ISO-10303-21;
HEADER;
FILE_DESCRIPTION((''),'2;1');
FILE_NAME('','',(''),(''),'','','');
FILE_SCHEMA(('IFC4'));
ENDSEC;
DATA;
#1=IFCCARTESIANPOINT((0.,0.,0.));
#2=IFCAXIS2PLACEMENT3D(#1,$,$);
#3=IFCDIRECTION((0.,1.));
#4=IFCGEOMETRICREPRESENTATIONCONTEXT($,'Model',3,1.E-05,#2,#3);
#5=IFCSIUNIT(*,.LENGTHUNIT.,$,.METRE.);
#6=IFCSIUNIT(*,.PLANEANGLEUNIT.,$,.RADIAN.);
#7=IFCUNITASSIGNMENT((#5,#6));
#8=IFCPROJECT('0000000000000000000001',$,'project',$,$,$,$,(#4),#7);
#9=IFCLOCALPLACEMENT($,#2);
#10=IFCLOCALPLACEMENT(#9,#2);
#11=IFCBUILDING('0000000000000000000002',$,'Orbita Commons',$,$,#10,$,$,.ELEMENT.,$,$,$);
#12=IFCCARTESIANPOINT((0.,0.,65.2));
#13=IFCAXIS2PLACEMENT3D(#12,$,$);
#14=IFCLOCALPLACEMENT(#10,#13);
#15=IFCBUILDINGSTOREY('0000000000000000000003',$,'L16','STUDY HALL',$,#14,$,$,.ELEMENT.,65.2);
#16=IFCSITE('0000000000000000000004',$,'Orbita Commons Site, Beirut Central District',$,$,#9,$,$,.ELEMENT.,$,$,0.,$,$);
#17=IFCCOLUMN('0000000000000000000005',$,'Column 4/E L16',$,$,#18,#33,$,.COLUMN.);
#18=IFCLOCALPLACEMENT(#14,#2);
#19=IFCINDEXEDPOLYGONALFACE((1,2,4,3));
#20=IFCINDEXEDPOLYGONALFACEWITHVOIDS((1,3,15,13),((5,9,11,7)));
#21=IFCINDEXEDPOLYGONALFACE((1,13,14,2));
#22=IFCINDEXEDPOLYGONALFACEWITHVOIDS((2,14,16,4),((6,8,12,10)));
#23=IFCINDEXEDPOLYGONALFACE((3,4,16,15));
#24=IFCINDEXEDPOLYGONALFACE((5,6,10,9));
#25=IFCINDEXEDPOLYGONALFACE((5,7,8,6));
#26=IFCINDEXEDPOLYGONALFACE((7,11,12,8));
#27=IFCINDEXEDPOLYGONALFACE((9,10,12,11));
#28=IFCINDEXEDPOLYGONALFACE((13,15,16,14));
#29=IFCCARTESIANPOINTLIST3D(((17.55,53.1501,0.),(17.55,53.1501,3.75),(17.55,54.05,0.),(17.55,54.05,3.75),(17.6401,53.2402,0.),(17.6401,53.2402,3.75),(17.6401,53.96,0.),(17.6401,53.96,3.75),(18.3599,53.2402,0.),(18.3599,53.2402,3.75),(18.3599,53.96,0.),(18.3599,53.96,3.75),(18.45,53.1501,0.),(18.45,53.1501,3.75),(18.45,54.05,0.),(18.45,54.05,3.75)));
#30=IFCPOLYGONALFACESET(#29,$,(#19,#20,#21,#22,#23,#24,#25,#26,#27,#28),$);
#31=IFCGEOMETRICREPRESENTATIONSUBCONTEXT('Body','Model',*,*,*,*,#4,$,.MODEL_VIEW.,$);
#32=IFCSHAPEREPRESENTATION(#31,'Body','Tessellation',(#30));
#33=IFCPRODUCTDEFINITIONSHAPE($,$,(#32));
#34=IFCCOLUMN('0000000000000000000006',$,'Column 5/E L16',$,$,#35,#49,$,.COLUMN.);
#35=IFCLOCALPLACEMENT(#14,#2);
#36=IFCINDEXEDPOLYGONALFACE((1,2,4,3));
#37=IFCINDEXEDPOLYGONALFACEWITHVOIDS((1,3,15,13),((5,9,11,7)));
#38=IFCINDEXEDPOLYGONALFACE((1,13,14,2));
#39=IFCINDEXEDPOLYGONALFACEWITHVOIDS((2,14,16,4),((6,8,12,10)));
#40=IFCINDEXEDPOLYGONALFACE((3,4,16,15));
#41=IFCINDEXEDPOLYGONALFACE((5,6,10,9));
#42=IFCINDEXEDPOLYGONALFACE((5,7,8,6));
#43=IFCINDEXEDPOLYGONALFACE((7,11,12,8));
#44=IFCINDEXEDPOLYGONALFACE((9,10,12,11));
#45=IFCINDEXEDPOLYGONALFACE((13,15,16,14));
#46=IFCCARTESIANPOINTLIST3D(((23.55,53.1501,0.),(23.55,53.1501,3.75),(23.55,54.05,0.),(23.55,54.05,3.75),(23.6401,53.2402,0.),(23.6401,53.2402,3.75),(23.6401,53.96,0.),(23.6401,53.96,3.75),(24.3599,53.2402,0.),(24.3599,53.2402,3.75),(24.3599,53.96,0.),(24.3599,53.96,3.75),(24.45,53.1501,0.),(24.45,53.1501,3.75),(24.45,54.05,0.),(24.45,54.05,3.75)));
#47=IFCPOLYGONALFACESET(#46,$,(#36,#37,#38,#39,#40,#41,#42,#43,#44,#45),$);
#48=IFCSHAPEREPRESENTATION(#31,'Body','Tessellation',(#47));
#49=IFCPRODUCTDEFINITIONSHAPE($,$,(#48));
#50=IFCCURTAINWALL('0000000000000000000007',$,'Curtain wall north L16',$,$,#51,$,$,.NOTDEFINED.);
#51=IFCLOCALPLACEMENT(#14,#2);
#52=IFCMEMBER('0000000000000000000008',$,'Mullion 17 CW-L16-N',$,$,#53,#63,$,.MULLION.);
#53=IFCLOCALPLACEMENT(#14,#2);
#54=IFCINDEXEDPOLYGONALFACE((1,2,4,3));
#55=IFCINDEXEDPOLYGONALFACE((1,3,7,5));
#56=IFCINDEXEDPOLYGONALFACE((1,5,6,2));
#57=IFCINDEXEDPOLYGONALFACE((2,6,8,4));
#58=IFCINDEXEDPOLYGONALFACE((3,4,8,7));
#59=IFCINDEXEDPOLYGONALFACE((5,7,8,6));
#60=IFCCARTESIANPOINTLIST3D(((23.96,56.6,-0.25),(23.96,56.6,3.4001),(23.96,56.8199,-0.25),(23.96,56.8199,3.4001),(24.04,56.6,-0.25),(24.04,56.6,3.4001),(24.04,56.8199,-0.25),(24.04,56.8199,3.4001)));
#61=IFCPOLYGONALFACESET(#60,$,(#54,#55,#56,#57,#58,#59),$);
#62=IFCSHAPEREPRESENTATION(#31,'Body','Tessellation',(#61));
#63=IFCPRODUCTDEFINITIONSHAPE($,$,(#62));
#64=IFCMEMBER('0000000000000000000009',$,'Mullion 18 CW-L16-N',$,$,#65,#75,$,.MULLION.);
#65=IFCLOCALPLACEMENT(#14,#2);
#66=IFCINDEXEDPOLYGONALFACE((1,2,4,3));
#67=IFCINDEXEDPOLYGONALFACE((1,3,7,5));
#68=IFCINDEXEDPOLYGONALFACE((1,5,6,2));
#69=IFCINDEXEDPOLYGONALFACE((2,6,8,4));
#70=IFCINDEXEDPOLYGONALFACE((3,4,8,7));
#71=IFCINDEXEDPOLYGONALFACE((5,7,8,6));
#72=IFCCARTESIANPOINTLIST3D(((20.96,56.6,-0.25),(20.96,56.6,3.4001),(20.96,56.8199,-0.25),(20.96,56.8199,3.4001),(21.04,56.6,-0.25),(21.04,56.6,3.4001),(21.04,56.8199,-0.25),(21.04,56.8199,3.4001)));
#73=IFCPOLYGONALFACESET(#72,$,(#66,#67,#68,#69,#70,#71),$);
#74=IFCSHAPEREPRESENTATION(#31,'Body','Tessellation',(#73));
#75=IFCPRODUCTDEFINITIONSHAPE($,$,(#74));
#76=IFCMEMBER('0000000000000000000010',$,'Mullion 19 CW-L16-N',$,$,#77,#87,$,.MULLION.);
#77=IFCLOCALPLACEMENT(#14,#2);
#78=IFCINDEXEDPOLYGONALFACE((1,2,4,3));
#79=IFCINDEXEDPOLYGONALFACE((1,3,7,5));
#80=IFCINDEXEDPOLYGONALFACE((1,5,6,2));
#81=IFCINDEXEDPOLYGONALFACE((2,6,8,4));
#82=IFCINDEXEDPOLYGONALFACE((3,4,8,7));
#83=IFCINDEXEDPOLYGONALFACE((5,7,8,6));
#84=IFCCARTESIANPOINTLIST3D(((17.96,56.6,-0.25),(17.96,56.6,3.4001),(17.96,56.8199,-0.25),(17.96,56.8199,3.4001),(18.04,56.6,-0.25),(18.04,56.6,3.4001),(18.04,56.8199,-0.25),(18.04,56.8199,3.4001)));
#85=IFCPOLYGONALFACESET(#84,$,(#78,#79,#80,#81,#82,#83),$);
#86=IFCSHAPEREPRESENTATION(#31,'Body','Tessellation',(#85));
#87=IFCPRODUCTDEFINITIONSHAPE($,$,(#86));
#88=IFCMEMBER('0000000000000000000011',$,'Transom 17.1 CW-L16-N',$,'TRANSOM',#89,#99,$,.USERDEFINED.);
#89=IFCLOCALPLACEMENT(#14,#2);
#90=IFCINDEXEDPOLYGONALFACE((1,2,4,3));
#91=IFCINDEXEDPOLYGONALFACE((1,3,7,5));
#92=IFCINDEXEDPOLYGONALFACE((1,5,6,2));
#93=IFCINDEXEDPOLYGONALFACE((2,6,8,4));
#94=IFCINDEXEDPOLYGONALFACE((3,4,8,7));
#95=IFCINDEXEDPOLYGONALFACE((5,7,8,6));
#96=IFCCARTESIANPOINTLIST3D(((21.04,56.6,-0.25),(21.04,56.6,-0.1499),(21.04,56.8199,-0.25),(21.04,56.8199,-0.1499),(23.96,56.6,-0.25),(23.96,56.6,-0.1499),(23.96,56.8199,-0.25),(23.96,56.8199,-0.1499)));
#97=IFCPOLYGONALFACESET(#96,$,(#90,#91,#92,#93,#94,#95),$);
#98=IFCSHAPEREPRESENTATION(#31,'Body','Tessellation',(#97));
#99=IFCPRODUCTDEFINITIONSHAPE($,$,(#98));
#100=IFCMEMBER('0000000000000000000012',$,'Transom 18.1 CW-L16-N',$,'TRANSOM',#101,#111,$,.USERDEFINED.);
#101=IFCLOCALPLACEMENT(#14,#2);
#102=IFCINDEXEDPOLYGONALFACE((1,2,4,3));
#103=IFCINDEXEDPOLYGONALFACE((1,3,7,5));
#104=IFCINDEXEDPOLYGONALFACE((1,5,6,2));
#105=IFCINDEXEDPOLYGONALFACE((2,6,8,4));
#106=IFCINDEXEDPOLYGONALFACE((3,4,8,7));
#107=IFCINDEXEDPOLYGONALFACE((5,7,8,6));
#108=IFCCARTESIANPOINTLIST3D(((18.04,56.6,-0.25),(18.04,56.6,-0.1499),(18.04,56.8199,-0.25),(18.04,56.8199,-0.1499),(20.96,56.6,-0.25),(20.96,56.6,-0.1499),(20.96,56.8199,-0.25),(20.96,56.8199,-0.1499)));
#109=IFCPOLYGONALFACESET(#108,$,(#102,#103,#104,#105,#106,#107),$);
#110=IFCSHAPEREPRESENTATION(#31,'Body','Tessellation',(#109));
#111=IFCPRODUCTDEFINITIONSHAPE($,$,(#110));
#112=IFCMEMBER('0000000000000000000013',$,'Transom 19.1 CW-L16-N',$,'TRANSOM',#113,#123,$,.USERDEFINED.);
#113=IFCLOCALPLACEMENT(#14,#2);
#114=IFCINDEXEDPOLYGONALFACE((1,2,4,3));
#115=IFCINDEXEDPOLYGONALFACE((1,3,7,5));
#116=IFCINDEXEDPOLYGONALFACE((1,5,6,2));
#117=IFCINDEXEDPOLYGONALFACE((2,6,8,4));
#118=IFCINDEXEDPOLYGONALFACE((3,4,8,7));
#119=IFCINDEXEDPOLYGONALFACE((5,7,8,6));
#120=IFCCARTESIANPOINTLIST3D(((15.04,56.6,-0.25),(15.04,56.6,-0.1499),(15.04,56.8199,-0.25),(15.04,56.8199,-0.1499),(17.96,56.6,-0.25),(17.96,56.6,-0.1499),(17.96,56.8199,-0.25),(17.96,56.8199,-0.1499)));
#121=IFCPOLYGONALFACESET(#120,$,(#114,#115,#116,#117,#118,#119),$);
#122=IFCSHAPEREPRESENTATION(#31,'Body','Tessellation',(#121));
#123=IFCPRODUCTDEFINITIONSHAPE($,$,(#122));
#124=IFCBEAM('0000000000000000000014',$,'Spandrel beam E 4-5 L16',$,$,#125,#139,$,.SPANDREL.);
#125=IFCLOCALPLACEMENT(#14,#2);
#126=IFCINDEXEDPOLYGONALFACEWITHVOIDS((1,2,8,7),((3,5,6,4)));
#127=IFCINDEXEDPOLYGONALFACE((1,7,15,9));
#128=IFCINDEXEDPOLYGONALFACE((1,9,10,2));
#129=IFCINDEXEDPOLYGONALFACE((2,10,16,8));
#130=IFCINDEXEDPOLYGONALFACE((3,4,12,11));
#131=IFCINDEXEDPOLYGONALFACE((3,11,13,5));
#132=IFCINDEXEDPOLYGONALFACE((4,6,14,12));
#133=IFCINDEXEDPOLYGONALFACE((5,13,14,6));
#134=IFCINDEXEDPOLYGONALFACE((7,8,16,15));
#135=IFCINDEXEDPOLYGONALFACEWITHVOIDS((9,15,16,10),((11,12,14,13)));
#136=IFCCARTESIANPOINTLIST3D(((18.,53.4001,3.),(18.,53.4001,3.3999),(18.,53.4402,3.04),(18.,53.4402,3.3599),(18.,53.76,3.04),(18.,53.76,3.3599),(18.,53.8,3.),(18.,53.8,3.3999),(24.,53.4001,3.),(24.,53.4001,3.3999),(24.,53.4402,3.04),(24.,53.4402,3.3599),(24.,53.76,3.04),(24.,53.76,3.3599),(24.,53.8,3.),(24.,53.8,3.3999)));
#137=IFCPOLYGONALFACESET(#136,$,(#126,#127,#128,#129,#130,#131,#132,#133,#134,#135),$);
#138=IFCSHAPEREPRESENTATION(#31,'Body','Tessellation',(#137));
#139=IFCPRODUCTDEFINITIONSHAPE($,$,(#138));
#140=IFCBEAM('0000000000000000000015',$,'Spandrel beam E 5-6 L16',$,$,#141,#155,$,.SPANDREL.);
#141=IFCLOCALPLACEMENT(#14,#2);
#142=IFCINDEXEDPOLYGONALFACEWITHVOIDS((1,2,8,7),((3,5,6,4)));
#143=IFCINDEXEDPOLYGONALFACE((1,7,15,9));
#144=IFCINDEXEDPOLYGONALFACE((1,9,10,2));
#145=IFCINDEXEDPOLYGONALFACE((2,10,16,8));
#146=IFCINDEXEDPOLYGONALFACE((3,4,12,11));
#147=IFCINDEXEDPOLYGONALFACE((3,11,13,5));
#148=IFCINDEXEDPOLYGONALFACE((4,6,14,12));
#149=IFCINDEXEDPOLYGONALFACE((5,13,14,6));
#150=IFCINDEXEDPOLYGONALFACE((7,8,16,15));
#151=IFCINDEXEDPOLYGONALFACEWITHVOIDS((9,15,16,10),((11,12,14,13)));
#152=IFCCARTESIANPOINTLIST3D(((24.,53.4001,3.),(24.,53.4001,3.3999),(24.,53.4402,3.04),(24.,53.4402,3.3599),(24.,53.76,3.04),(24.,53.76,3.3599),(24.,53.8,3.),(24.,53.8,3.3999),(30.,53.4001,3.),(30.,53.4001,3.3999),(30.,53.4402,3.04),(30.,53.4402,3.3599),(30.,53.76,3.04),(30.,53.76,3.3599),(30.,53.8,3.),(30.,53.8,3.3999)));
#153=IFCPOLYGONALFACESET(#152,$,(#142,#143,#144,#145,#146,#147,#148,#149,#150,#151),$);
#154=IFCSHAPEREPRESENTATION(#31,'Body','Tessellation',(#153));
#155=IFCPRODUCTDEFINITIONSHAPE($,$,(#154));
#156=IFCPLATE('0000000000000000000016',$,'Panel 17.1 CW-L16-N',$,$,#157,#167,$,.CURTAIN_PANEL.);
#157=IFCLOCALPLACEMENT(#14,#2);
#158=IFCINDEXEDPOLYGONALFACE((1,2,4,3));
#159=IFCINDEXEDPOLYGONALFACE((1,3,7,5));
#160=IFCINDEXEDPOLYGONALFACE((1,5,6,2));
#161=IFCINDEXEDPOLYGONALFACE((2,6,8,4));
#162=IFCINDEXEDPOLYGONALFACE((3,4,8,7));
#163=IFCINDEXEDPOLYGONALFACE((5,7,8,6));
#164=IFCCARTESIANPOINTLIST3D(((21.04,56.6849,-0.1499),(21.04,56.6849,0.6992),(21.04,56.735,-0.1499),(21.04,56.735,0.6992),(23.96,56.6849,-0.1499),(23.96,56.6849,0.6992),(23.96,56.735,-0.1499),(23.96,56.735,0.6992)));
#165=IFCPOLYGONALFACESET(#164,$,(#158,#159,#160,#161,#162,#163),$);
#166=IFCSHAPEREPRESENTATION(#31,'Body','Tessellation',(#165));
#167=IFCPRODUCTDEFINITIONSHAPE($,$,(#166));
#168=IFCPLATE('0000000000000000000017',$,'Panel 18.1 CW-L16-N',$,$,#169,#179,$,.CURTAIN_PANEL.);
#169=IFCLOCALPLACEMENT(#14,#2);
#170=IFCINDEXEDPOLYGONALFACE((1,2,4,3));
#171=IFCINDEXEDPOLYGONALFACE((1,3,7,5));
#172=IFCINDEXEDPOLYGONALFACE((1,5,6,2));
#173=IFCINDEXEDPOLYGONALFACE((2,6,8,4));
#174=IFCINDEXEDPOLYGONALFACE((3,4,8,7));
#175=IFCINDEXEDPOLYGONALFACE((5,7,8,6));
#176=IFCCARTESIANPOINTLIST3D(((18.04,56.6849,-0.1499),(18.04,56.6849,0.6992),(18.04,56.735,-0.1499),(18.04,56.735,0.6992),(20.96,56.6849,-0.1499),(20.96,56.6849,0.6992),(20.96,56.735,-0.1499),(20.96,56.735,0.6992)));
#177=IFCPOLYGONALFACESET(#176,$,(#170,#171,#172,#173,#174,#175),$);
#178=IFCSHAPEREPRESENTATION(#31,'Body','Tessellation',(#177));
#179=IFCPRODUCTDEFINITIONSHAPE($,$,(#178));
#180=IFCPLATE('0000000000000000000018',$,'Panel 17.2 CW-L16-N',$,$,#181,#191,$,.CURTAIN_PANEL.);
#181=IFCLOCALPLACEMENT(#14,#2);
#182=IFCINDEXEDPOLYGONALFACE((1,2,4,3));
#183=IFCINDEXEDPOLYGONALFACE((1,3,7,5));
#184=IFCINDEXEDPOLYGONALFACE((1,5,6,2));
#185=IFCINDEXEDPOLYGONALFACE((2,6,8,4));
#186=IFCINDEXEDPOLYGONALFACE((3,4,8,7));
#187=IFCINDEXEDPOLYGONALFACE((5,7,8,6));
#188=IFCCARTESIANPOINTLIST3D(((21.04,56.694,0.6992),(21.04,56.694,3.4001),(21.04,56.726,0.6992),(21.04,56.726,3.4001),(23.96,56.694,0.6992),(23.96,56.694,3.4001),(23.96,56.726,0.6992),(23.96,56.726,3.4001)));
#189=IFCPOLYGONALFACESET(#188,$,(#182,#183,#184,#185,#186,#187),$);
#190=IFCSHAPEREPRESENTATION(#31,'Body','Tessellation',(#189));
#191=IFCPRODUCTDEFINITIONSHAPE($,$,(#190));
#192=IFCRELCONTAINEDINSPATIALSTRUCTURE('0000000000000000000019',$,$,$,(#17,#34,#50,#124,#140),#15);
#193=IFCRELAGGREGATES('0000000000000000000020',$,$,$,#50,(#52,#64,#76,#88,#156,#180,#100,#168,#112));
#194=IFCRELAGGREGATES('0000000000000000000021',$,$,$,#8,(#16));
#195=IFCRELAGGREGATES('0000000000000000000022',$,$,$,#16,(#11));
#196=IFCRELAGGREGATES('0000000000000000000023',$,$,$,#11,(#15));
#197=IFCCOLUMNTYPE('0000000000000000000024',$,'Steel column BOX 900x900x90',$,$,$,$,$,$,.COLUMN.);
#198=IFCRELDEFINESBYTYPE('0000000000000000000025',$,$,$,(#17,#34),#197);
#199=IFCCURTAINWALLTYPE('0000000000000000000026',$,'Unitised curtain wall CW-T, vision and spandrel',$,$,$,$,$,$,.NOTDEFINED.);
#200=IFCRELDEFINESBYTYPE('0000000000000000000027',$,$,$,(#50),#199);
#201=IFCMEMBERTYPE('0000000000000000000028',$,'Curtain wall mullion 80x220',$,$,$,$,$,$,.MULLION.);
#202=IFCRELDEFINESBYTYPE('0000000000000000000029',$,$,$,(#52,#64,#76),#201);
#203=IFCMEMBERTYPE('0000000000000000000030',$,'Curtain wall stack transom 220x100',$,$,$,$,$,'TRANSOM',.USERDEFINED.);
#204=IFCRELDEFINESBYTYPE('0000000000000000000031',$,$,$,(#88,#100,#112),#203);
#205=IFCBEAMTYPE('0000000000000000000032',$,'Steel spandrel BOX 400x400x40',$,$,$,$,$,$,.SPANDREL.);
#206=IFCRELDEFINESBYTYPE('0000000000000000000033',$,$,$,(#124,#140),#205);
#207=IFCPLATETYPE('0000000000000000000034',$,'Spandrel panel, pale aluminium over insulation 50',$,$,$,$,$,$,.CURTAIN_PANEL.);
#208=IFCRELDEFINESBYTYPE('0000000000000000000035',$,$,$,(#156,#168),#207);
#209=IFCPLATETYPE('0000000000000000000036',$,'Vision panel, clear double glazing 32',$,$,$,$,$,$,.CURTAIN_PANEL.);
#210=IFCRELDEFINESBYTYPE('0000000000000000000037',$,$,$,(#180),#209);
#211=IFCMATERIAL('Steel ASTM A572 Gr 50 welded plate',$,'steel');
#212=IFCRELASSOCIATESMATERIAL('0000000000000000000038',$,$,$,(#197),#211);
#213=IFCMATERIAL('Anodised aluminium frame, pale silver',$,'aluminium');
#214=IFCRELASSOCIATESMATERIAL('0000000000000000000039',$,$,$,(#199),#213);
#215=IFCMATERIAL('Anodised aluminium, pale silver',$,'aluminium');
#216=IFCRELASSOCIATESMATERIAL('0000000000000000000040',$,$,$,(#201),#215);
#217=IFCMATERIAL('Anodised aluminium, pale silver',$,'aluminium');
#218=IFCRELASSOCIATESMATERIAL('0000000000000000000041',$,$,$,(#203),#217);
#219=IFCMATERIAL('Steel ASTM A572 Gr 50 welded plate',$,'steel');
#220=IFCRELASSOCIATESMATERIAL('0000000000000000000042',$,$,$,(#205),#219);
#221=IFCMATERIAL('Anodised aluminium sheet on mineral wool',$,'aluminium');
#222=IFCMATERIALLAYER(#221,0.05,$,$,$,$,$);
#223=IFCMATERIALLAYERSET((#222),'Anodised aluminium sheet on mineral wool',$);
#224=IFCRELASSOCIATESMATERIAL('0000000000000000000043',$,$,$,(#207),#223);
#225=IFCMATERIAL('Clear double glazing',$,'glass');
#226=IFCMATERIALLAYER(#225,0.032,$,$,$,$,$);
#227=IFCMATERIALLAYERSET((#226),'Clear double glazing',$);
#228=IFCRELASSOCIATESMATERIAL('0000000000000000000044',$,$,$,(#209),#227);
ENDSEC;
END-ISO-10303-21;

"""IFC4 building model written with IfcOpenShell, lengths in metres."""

from ifc_helpers import new_model, si_unit, direction, frame, origin, origin_2d, place, context, subcontext, project, spatial, rectangle, hollow_rectangle, extrude, material, layer, layer_set, material_profile, profile_set, type_object, element, aggregate, save


model = new_model("IFC4")

# Units and contexts
model_context = context("Model", 3, precision=1e-05, world=origin(), true_north=direction((0.0, 1.0)))
body_context = subcontext(model_context, "Body", "Model", "MODEL_VIEW")
ifc_project = project(units=[si_unit("LENGTHUNIT", "METRE"), si_unit("PLANEANGLEUNIT", "RADIAN")], contexts=[model_context])

# Site, building, storey
site_placement = place(None, origin())
site = spatial("IfcSite", under=ifc_project, at=site_placement, Name="Orbita Commons Site, Beirut Central District", CompositionType="ELEMENT", RefElevation=0.0)
building_placement = place(site_placement, origin())
building = spatial("IfcBuilding", under=site, at=building_placement, Name="Orbita Commons", CompositionType="ELEMENT")
storey_placement = place(building_placement, frame((0.0, 0.0, 65.2)))
storey = spatial("IfcBuildingStorey", under=building, at=storey_placement, Name="L16", Description="STUDY HALL", CompositionType="ELEMENT", Elevation=65.2)

# Columns
ifc_material_1 = material(Name="Steel ASTM A572 Gr 50 welded plate", Category="steel")
ifc_material_profile_1 = material_profile(ifc_material_1, hollow_rectangle(XDim=0.8999, YDim=0.8999, WallThickness=0.0901, at=origin_2d()), Name="BOX 900x900x90")
ifc_profile_set_1 = profile_set([ifc_material_profile_1], Name="Steel ASTM A572 Gr 50 welded plate")
column_type = type_object("IfcColumnType", Name="Steel column BOX 900x900x90", PredefinedType="COLUMN", material=ifc_profile_set_1)
for number, where, z_axis, x_axis, name in (
    (1, (18.0, 53.6001, 0.0), (0.0, 0.0, 1.0), (1.0, 0.0, 0.0), "Column 4/E L16"),
    (2, (24.0, 53.6001, 0.0), (0.0, 0.0, 1.0), (1.0, 0.0, 0.0), "Column 5/E L16"),
):
    element("IfcColumn", number, at=place(storey_placement, frame(where, z_axis=z_axis, x_axis=x_axis)), inside=storey, type_object=column_type, Name=name, PredefinedType="COLUMN", context=body_context, shape_type="SweptSolid", body=[
        extrude(hollow_rectangle(XDim=0.8999, YDim=0.8999, WallThickness=0.0901, at=origin_2d()), origin(), (0.0, 0.0, 1.0), 3.75),
    ])

# Curtain wall, members
ifc_material_2 = material(Name="Anodised aluminium frame, pale silver", Category="aluminium")
curtain_wall_type = type_object("IfcCurtainWallType", Name="Unitised curtain wall CW-T, vision and spandrel", PredefinedType="NOTDEFINED", material=ifc_material_2)
curtain_wall_placement = place(storey_placement, origin())
curtain_wall = element("IfcCurtainWall", 3, at=curtain_wall_placement, inside=storey, type_object=curtain_wall_type, Name="Curtain wall north L16", PredefinedType="NOTDEFINED")
ifc_material_3 = material(Name="Anodised aluminium, pale silver", Category="aluminium")
ifc_material_profile_2 = material_profile(ifc_material_3, rectangle(XDim=0.0801, YDim=0.22, at=origin_2d()), Name="AL 80x220")
ifc_profile_set_2 = profile_set([ifc_material_profile_2], Name="Anodised aluminium, pale silver")
member_type_1 = type_object("IfcMemberType", Name="Curtain wall mullion 80x220", PredefinedType="MULLION", material=ifc_profile_set_2)
member_1_placement = place(storey_placement, frame((24.0, 56.71, -0.25), z_axis=(0.0, 0.0, 1.0), x_axis=(-1.0, 0.0, 0.0)))
member_1 = element("IfcMember", 4, at=member_1_placement, type_object=member_type_1, Name="Mullion 17 CW-L16-N", PredefinedType="MULLION", context=body_context, shape_type="SweptSolid", body=[
    extrude(rectangle(XDim=0.0801, YDim=0.22, at=origin_2d()), origin(), (0.0, 0.0, 1.0), 3.6501),
])
member_2_placement = place(storey_placement, frame((21.0, 56.71, -0.25), z_axis=(0.0, 0.0, 1.0), x_axis=(-1.0, 0.0, 0.0)))
member_2 = element("IfcMember", 5, at=member_2_placement, type_object=member_type_1, Name="Mullion 18 CW-L16-N", PredefinedType="MULLION", context=body_context, shape_type="SweptSolid", body=[
    extrude(rectangle(XDim=0.0801, YDim=0.22, at=origin_2d()), origin(), (0.0, 0.0, 1.0), 3.6501),
])
member_3_placement = place(storey_placement, frame((18.0, 56.71, -0.25), z_axis=(0.0, 0.0, 1.0), x_axis=(-1.0, 0.0, 0.0)))
member_3 = element("IfcMember", 6, at=member_3_placement, type_object=member_type_1, Name="Mullion 19 CW-L16-N", PredefinedType="MULLION", context=body_context, shape_type="SweptSolid", body=[
    extrude(rectangle(XDim=0.0801, YDim=0.22, at=origin_2d()), origin(), (0.0, 0.0, 1.0), 3.6501),
])
ifc_material_4 = material(Name="Anodised aluminium, pale silver", Category="aluminium")
ifc_material_profile_3 = material_profile(ifc_material_4, rectangle(XDim=0.22, YDim=0.1001, at=origin_2d()), Name="AL 220x100")
ifc_profile_set_3 = profile_set([ifc_material_profile_3], Name="Anodised aluminium, pale silver")
member_type_2 = type_object("IfcMemberType", Name="Curtain wall stack transom 220x100", ElementType="TRANSOM", PredefinedType="USERDEFINED", material=ifc_profile_set_3)
member_4_placement = place(storey_placement, frame((23.96, 56.71, -0.2), z_axis=(-1.0, 0.0, 0.0), x_axis=(0.0, -1.0, 0.0)))
member_4 = element("IfcMember", 7, at=member_4_placement, type_object=member_type_2, Name="Transom 17.1 CW-L16-N", ObjectType="TRANSOM", PredefinedType="USERDEFINED", context=body_context, shape_type="SweptSolid", body=[
    extrude(rectangle(XDim=0.22, YDim=0.1001, at=origin_2d()), origin(), (0.0, 0.0, 1.0), 2.9199),
])
member_5_placement = place(storey_placement, frame((20.96, 56.71, -0.2), z_axis=(-1.0, 0.0, 0.0), x_axis=(0.0, -1.0, 0.0)))
member_5 = element("IfcMember", 8, at=member_5_placement, type_object=member_type_2, Name="Transom 18.1 CW-L16-N", ObjectType="TRANSOM", PredefinedType="USERDEFINED", context=body_context, shape_type="SweptSolid", body=[
    extrude(rectangle(XDim=0.22, YDim=0.1001, at=origin_2d()), origin(), (0.0, 0.0, 1.0), 2.9199),
])
member_6_placement = place(storey_placement, frame((17.96, 56.71, -0.2), z_axis=(-1.0, 0.0, 0.0), x_axis=(0.0, -1.0, 0.0)))
member_6 = element("IfcMember", 9, at=member_6_placement, type_object=member_type_2, Name="Transom 19.1 CW-L16-N", ObjectType="TRANSOM", PredefinedType="USERDEFINED", context=body_context, shape_type="SweptSolid", body=[
    extrude(rectangle(XDim=0.22, YDim=0.1001, at=origin_2d()), origin(), (0.0, 0.0, 1.0), 2.9199),
])

# Beams
ifc_material_5 = material(Name="Steel ASTM A572 Gr 50 welded plate", Category="steel")
ifc_material_profile_4 = material_profile(ifc_material_5, hollow_rectangle(XDim=0.3999, YDim=0.3999, WallThickness=0.04, at=origin_2d()), Name="BOX 400x400x40")
ifc_profile_set_4 = profile_set([ifc_material_profile_4], Name="Steel ASTM A572 Gr 50 welded plate")
beam_type = type_object("IfcBeamType", Name="Steel spandrel BOX 400x400x40", PredefinedType="SPANDREL", material=ifc_profile_set_4)
for number, where, z_axis, x_axis, name in (
    (10, (18.0, 53.6001, 3.2), (1.0, 0.0, 0.0), (0.0, 1.0, 0.0), "Spandrel beam E 4-5 L16"),
    (11, (24.0, 53.6001, 3.2), (1.0, 0.0, 0.0), (0.0, 1.0, 0.0), "Spandrel beam E 5-6 L16"),
):
    element("IfcBeam", number, at=place(storey_placement, frame(where, z_axis=z_axis, x_axis=x_axis)), inside=storey, type_object=beam_type, Name=name, PredefinedType="SPANDREL", context=body_context, shape_type="SweptSolid", body=[
        extrude(hollow_rectangle(XDim=0.3999, YDim=0.3999, WallThickness=0.04, at=origin_2d()), origin(), (0.0, 0.0, 1.0), 6.0),
    ])

# Plates
ifc_material_6 = material(Name="Anodised aluminium sheet on mineral wool", Category="aluminium")
ifc_layer_1 = layer(ifc_material_6, 0.05)
ifc_layer_set_1 = layer_set([ifc_layer_1], Name="Anodised aluminium sheet on mineral wool")
plate_type_1 = type_object("IfcPlateType", Name="Spandrel panel, pale aluminium over insulation 50", PredefinedType="CURTAIN_PANEL", material=ifc_layer_set_1)
plate_1_placement = place(storey_placement, frame((22.5, 56.71, -0.1499), z_axis=(0.0, 0.0, 1.0), x_axis=(-1.0, 0.0, 0.0)))
plate_1 = element("IfcPlate", 12, at=plate_1_placement, type_object=plate_type_1, Name="Panel 17.1 CW-L16-N", PredefinedType="CURTAIN_PANEL", context=body_context, shape_type="SweptSolid", body=[
    extrude(rectangle(XDim=2.9199, YDim=0.05, at=origin_2d()), origin(), (0.0, 0.0, 1.0), 0.8491),
])
plate_2_placement = place(storey_placement, frame((19.5, 56.71, -0.1499), z_axis=(0.0, 0.0, 1.0), x_axis=(-1.0, 0.0, 0.0)))
plate_2 = element("IfcPlate", 13, at=plate_2_placement, type_object=plate_type_1, Name="Panel 18.1 CW-L16-N", PredefinedType="CURTAIN_PANEL", context=body_context, shape_type="SweptSolid", body=[
    extrude(rectangle(XDim=2.9199, YDim=0.05, at=origin_2d()), origin(), (0.0, 0.0, 1.0), 0.8491),
])
ifc_material_7 = material(Name="Clear double glazing", Category="glass")
ifc_layer_2 = layer(ifc_material_7, 0.032)
ifc_layer_set_2 = layer_set([ifc_layer_2], Name="Clear double glazing")
plate_type_2 = type_object("IfcPlateType", Name="Vision panel, clear double glazing 32", PredefinedType="CURTAIN_PANEL", material=ifc_layer_set_2)
plate_3_placement = place(storey_placement, frame((22.5, 56.71, 0.6992), z_axis=(0.0, 0.0, 1.0), x_axis=(-1.0, 0.0, 0.0)))
plate_3 = element("IfcPlate", 14, at=plate_3_placement, type_object=plate_type_2, Name="Panel 17.2 CW-L16-N", PredefinedType="CURTAIN_PANEL", context=body_context, shape_type="SweptSolid", body=[
    extrude(rectangle(XDim=2.9199, YDim=0.032, at=origin_2d()), origin(), (0.0, 0.0, 1.0), 2.7009),
])
aggregate(curtain_wall, [member_1, member_2, member_3, member_4, plate_1, plate_3, member_5, plate_2, member_6])

save(model, "model.ifc")
